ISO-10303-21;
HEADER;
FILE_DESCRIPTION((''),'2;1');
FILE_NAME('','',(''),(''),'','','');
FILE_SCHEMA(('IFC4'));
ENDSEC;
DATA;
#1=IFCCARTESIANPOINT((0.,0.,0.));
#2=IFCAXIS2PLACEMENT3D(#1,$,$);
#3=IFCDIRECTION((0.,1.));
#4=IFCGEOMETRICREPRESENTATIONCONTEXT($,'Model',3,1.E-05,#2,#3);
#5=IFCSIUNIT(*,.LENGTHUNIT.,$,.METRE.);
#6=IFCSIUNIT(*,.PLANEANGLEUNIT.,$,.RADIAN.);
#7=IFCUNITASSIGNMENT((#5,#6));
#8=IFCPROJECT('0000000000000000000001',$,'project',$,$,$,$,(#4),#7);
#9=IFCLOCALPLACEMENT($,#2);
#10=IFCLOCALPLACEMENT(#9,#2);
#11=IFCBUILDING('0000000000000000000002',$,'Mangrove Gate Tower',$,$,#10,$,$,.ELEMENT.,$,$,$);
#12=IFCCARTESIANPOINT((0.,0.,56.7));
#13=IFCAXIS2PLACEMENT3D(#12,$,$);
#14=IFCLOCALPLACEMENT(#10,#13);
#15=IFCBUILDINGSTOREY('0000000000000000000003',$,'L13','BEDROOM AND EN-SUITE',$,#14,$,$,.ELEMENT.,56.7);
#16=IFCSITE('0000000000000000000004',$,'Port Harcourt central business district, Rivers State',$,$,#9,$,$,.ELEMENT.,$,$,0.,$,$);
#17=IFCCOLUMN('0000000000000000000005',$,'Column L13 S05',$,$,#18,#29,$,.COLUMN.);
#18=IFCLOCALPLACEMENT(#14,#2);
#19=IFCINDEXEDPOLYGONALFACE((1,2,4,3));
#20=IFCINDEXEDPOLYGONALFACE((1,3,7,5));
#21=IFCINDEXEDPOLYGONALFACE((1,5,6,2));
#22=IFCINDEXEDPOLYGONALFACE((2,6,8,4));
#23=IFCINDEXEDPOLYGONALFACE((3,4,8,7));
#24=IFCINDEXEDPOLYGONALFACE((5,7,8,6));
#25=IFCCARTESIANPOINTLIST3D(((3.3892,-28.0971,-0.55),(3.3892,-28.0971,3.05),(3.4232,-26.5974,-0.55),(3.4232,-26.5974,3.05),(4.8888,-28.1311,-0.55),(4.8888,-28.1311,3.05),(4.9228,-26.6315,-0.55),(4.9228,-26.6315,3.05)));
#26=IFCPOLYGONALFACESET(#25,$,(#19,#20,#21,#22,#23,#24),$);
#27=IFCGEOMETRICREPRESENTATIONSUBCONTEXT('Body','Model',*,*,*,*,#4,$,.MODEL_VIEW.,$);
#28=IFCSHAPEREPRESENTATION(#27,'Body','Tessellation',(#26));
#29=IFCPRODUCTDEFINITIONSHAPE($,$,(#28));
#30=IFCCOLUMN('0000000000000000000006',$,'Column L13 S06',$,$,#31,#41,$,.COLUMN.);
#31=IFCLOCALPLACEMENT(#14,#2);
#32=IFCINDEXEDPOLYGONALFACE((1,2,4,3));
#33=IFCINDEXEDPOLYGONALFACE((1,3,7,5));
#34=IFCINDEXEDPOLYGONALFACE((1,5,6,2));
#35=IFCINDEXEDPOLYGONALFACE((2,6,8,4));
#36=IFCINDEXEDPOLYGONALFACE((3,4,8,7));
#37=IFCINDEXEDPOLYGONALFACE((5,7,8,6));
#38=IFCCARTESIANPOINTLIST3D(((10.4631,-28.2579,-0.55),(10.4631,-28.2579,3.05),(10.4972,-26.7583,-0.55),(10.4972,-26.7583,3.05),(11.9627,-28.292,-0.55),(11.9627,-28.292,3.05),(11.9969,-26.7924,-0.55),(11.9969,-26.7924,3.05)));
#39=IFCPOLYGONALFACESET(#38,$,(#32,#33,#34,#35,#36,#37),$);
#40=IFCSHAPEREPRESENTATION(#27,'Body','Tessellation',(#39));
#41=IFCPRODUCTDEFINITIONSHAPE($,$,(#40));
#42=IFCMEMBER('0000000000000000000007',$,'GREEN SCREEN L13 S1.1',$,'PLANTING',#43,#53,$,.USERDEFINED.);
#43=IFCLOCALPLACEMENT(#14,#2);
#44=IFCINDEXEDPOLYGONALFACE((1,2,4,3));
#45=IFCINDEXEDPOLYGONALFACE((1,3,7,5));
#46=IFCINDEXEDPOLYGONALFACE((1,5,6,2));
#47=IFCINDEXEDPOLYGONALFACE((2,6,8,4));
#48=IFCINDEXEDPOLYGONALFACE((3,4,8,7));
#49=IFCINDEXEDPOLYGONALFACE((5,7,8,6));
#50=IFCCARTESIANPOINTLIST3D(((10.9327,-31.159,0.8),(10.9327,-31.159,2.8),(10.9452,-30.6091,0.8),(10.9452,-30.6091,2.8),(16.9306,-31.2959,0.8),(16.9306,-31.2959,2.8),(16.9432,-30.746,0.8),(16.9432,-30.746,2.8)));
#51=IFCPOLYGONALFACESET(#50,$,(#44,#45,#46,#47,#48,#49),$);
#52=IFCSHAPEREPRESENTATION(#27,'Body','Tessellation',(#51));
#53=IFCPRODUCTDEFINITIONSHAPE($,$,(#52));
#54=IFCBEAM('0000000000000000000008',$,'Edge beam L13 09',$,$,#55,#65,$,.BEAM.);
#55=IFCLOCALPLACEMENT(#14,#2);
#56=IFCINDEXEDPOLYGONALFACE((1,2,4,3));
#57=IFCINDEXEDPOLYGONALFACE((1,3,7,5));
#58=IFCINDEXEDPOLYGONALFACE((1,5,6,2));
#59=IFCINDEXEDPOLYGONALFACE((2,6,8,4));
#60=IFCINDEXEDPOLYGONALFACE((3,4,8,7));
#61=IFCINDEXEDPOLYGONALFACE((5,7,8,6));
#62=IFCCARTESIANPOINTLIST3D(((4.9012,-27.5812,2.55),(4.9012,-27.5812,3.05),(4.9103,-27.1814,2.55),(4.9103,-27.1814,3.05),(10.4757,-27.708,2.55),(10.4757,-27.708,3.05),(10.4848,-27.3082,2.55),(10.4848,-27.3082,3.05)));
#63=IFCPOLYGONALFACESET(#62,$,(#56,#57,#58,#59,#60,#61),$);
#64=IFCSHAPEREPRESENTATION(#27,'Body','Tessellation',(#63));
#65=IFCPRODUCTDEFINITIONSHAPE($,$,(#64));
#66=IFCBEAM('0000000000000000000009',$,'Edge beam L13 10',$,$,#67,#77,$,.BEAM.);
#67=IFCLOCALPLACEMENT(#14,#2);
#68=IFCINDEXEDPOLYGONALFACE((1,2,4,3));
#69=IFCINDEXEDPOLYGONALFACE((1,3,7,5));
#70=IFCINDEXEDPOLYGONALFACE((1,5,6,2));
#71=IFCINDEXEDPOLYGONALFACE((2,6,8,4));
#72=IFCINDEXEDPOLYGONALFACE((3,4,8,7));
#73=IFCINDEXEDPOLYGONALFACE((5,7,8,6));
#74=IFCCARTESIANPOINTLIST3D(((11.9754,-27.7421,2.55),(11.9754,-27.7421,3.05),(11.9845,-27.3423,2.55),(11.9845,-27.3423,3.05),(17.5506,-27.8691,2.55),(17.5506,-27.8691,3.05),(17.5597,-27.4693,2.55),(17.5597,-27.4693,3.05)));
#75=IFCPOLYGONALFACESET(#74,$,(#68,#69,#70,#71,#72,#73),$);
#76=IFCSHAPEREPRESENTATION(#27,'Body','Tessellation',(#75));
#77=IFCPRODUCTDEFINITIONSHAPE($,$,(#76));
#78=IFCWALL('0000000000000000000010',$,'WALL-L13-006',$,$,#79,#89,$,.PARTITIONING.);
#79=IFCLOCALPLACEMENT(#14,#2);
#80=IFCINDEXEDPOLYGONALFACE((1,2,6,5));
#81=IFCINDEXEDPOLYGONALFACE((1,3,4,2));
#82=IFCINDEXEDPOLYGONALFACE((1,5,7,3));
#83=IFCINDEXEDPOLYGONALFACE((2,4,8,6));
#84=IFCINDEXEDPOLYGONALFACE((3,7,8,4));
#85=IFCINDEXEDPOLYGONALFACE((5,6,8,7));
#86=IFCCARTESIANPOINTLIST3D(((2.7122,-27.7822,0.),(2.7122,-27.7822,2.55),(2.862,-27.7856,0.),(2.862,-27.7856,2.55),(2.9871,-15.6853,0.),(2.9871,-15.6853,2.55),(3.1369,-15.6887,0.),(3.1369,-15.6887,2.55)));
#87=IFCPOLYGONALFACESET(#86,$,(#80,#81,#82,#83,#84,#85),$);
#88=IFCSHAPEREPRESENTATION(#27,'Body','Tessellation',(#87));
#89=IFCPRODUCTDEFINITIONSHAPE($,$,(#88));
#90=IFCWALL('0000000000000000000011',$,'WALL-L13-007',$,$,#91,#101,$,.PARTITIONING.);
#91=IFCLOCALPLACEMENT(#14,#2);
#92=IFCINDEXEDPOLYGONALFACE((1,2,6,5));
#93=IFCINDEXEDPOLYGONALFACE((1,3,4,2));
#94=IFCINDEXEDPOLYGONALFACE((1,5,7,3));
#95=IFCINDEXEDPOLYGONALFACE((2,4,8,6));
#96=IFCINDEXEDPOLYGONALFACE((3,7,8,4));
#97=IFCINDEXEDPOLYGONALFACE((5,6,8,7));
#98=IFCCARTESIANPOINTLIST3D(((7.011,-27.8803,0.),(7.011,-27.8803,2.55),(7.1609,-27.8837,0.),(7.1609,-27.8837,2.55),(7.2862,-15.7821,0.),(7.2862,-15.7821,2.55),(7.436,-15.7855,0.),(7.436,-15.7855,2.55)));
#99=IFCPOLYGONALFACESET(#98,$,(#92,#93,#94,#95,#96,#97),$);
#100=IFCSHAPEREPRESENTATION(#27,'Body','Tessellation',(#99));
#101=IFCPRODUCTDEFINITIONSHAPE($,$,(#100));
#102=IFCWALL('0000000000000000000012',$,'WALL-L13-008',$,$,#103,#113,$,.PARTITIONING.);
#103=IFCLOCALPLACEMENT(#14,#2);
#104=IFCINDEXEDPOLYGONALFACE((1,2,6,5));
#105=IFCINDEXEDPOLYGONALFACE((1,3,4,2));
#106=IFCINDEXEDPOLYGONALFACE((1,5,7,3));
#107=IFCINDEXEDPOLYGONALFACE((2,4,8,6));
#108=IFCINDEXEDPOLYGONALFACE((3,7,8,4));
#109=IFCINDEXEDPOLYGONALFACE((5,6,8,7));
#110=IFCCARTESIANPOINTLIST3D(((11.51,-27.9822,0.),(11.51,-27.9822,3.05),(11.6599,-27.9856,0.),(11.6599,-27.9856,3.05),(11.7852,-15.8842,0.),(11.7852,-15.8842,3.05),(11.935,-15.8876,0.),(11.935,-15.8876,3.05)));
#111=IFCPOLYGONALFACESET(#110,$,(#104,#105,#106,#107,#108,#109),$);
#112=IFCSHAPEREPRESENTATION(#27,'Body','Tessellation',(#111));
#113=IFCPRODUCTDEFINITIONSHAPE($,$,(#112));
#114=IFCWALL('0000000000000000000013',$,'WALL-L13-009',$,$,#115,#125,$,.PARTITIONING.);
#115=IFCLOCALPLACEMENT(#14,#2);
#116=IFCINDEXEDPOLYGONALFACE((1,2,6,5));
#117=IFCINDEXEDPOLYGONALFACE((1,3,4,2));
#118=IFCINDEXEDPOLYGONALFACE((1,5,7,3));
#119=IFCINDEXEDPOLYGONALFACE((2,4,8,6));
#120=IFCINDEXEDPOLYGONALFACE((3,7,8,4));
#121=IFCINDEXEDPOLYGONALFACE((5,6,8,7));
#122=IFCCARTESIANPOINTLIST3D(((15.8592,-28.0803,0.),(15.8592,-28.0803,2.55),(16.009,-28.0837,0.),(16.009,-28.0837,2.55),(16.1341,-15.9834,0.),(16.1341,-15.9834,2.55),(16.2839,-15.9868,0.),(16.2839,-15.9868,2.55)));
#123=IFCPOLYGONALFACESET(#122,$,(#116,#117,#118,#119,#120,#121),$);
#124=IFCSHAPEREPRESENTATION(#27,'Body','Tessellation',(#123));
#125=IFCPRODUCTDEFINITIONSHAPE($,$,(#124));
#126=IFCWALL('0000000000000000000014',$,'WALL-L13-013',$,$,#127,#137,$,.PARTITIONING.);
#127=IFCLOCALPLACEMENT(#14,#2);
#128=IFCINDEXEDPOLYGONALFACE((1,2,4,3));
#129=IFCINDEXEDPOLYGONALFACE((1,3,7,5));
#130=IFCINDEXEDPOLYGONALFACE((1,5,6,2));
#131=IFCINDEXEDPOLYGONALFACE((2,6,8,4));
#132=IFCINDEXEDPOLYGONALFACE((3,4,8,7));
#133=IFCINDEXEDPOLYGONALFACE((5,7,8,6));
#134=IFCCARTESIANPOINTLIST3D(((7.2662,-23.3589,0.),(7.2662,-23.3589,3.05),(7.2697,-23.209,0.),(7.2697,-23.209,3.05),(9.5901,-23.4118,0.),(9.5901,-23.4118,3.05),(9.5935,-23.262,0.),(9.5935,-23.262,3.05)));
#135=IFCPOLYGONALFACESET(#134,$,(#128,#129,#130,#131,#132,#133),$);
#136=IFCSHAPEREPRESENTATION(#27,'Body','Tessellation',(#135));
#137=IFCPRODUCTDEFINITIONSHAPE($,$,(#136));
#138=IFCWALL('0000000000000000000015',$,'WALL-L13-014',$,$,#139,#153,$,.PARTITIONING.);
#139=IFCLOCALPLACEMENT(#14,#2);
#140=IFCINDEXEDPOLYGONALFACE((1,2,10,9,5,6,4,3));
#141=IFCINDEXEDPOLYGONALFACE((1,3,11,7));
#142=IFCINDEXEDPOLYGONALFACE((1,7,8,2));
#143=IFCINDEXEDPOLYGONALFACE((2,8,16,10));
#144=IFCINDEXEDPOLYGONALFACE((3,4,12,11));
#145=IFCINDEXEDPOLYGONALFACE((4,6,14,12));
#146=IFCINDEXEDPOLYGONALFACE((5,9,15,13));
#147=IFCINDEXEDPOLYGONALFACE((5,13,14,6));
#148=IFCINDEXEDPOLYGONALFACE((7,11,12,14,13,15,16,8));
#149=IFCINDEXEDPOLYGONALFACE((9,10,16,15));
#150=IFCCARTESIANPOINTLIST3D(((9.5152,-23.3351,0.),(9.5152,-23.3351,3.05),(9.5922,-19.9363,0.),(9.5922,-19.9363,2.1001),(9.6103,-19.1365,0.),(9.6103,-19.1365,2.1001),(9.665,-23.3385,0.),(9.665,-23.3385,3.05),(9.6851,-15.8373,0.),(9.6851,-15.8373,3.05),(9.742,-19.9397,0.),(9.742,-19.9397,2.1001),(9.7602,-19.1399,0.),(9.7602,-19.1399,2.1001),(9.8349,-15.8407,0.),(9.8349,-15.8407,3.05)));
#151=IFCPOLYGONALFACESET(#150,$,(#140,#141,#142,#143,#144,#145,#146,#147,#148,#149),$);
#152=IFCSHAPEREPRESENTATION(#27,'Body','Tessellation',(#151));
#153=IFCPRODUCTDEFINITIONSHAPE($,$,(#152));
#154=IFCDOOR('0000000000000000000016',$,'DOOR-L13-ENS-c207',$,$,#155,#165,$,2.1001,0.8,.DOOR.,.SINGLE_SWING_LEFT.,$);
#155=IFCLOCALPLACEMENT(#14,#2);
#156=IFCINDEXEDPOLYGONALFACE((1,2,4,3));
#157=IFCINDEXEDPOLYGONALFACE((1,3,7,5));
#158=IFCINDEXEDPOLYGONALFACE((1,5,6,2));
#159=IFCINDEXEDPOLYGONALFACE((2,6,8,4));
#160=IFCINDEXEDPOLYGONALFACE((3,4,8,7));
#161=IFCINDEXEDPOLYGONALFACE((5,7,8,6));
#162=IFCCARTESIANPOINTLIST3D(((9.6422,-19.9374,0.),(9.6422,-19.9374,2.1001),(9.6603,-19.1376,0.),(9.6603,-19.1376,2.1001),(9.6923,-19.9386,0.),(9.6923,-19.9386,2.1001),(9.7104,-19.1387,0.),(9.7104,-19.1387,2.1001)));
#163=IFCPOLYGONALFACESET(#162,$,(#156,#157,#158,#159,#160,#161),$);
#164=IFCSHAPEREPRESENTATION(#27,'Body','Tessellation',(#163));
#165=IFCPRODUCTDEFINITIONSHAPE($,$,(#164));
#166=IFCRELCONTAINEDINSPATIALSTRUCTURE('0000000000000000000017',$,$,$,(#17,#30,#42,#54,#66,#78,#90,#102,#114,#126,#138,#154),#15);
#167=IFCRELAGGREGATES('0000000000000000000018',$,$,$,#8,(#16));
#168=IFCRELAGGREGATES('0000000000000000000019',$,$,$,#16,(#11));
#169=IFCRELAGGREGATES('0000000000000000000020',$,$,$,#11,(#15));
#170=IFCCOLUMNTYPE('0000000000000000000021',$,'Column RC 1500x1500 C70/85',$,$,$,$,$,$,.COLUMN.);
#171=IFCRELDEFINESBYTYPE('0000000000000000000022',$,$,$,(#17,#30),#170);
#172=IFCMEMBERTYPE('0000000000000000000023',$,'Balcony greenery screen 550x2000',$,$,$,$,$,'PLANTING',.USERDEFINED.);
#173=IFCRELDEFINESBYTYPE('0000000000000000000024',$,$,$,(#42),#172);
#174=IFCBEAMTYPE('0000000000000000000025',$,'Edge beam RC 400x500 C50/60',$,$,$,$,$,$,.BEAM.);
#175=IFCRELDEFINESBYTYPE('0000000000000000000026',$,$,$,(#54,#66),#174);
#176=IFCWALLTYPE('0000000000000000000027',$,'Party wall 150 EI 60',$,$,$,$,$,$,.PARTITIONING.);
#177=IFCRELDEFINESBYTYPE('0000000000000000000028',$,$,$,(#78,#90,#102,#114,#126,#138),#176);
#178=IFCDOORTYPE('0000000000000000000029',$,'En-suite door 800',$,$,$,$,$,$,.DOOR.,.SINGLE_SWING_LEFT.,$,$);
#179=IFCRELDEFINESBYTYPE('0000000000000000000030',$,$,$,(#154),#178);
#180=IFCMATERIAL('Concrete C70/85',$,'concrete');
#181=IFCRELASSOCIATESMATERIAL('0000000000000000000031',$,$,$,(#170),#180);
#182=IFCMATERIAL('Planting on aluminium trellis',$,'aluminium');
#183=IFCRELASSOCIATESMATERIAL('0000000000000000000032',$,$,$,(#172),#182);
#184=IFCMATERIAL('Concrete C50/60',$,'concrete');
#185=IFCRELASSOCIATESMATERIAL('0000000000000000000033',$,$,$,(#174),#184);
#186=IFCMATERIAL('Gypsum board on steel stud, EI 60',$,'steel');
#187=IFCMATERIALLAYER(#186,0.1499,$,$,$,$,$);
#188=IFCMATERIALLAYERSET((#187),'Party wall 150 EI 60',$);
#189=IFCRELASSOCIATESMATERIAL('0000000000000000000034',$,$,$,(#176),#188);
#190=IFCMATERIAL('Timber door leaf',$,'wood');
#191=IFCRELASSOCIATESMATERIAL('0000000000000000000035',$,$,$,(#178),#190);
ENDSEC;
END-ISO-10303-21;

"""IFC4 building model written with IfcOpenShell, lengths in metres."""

from ifc_helpers import new_model, si_unit, direction, frame, frame_2d, origin, origin_2d, place, context, subcontext, project, spatial, rectangle, extrude, material, layer, layer_set, material_profile, profile_set, type_object, element, fill, save


model = new_model("IFC4")

# Units and contexts
model_context = context("Model", 3, precision=1e-05, world=origin(), true_north=direction((0.0, 1.0)))
body_context = subcontext(model_context, "Body", "Model", "MODEL_VIEW")
ifc_project = project(units=[si_unit("LENGTHUNIT", "METRE"), si_unit("PLANEANGLEUNIT", "RADIAN")], contexts=[model_context])

# Site, building, storey
site_placement = place(None, origin())
site = spatial("IfcSite", under=ifc_project, at=site_placement, Name="Port Harcourt central business district, Rivers State", CompositionType="ELEMENT", RefElevation=0.0)
building_placement = place(site_placement, origin())
building = spatial("IfcBuilding", under=site, at=building_placement, Name="Mangrove Gate Tower", CompositionType="ELEMENT")
storey_placement = place(building_placement, frame((0.0, 0.0, 56.7)))
storey = spatial("IfcBuildingStorey", under=building, at=storey_placement, Name="L13", Description="BEDROOM AND EN-SUITE", CompositionType="ELEMENT", Elevation=56.7)

# Columns
ifc_material_1 = material(Name="Concrete C70/85", Category="concrete")
ifc_material_profile_1 = material_profile(ifc_material_1, rectangle(XDim=1.5, YDim=1.5, at=origin_2d()))
ifc_profile_set_1 = profile_set([ifc_material_profile_1], Name="Concrete C70/85")
column_type = type_object("IfcColumnType", Name="Column RC 1500x1500 C70/85", PredefinedType="COLUMN", material=ifc_profile_set_1)
for number, where, z_axis, x_axis, name in (
    (1, (4.156, -27.3643, -0.55), (0.0, 0.0, 1.0), (0.999743, -0.022681, 0.0), "Column L13 S05"),
    (2, (11.23, -27.5251, -0.55), (0.0, 0.0, 1.0), (0.999741, -0.022752, 0.0), "Column L13 S06"),
):
    element("IfcColumn", number, at=place(storey_placement, frame(where, z_axis=z_axis, x_axis=x_axis)), inside=storey, type_object=column_type, Name=name, PredefinedType="COLUMN", context=body_context, shape_type="SweptSolid", body=[
        extrude(rectangle(XDim=1.5, YDim=1.5, at=origin_2d()), origin(), (0.0, 0.0, 1.0), 3.6001),
    ])

# Member
ifc_material_2 = material(Name="Planting on aluminium trellis", Category="aluminium")
ifc_material_profile_2 = material_profile(ifc_material_2, rectangle(XDim=0.55, YDim=2.0, at=origin_2d()))
ifc_profile_set_2 = profile_set([ifc_material_profile_2], Name="Planting on aluminium trellis")
member_type = type_object("IfcMemberType", Name="Balcony greenery screen 550x2000", ElementType="PLANTING", PredefinedType="USERDEFINED", material=ifc_profile_set_2)
member_placement = place(storey_placement, frame((10.939, -30.884, 1.8), z_axis=(0.999739, -0.022829, 0.0), x_axis=(0.022829, 0.999739, 0.0)))
element("IfcMember", 3, at=member_placement, inside=storey, type_object=member_type, Name="GREEN SCREEN L13 S1.1", ObjectType="PLANTING", PredefinedType="USERDEFINED", context=body_context, shape_type="SweptSolid", body=[
    extrude(rectangle(XDim=0.55, YDim=2.0, at=origin_2d()), origin(), (0.0, 0.0, 1.0), 5.9995),
])

# Beams
ifc_material_3 = material(Name="Concrete C50/60", Category="concrete")
ifc_material_profile_3 = material_profile(ifc_material_3, rectangle(XDim=0.3999, YDim=0.5, at=origin_2d()))
ifc_profile_set_3 = profile_set([ifc_material_profile_3], Name="Concrete C50/60")
beam_type = type_object("IfcBeamType", Name="Edge beam RC 400x500 C50/60", PredefinedType="BEAM", material=ifc_profile_set_3)
beam_1_placement = place(storey_placement, frame((4.9058, -27.3813, 2.8), z_axis=(0.999742, -0.022724, 0.0), x_axis=(0.022724, 0.999742, 0.0)))
element("IfcBeam", 4, at=beam_1_placement, inside=storey, type_object=beam_type, Name="Edge beam L13 09", PredefinedType="BEAM", context=body_context, shape_type="SweptSolid", body=[
    extrude(rectangle(XDim=0.3999, YDim=0.5, at=origin_2d()), origin(), (0.0, 0.0, 1.0), 5.5759),
])
beam_2_placement = place(storey_placement, frame((11.98, -27.5422, 2.8), z_axis=(0.999741, -0.022765, 0.0), x_axis=(0.022765, 0.999741, 0.0)))
element("IfcBeam", 5, at=beam_2_placement, inside=storey, type_object=beam_type, Name="Edge beam L13 10", PredefinedType="BEAM", context=body_context, shape_type="SweptSolid", body=[
    extrude(rectangle(XDim=0.3999, YDim=0.5, at=origin_2d()), origin(), (0.0, 0.0, 1.0), 5.5767),
])

# Walls
ifc_material_4 = material(Name="Gypsum board on steel stud, EI 60", Category="steel")
ifc_layer_1 = layer(ifc_material_4, 0.1499)
ifc_layer_set_1 = layer_set([ifc_layer_1], Name="Party wall 150 EI 60")
wall_type_1 = type_object("IfcWallType", Name="Party wall 150 EI 60", PredefinedType="PARTITIONING", material=ifc_layer_set_1)
wall_1_placement = place(storey_placement, frame((2.7871, -27.7839, 0.0), z_axis=(0.0, 0.0, 1.0), x_axis=(0.022719, 0.999742, 0.0)))
element("IfcWall", 6, at=wall_1_placement, inside=storey, type_object=wall_type_1, Name="WALL-L13-006", PredefinedType="PARTITIONING", context=body_context, shape_type="SweptSolid", body=[
    extrude(rectangle(XDim=12.1001, YDim=0.1499, at=frame_2d((6.05, 0.0))), origin(), (0.0, 0.0, 1.0), 2.55),
])
wall_2_placement = place(storey_placement, frame((7.0859, -27.8821, 0.0), z_axis=(0.0, 0.0, 1.0), x_axis=(0.022737, 0.999741, 0.0)))
element("IfcWall", 7, at=wall_2_placement, inside=storey, type_object=wall_type_1, Name="WALL-L13-007", PredefinedType="PARTITIONING", context=body_context, shape_type="SweptSolid", body=[
    extrude(rectangle(XDim=12.1013, YDim=0.1499, at=frame_2d((6.0508, 0.0))), origin(), (0.0, 0.0, 1.0), 2.55),
])
wall_3_placement = place(storey_placement, frame((11.585, -27.9839, 0.0), z_axis=(0.0, 0.0, 1.0), x_axis=(0.022737, 0.999741, 0.0)))
element("IfcWall", 8, at=wall_3_placement, inside=storey, type_object=wall_type_1, Name="WALL-L13-008", PredefinedType="PARTITIONING", context=body_context, shape_type="SweptSolid", body=[
    extrude(rectangle(XDim=12.1011, YDim=0.1499, at=frame_2d((6.0505, 0.0))), origin(), (0.0, 0.0, 1.0), 3.05),
])
wall_4_placement = place(storey_placement, frame((15.9341, -28.082, 0.0), z_axis=(0.0, 0.0, 1.0), x_axis=(0.022719, 0.999742, 0.0)))
element("IfcWall", 9, at=wall_4_placement, inside=storey, type_object=wall_type_1, Name="WALL-L13-009", PredefinedType="PARTITIONING", context=body_context, shape_type="SweptSolid", body=[
    extrude(rectangle(XDim=12.1001, YDim=0.1499, at=frame_2d((6.05, 0.0))), origin(), (0.0, 0.0, 1.0), 2.55),
])
wall_5_placement = place(storey_placement, frame((7.2681, -23.2839, 0.0), z_axis=(0.0, 0.0, 1.0), x_axis=(0.99974, -0.022791, 0.0)))
element("IfcWall", 10, at=wall_5_placement, inside=storey, type_object=wall_type_1, Name="WALL-L13-013", PredefinedType="PARTITIONING", context=body_context, shape_type="SweptSolid", body=[
    extrude(rectangle(XDim=2.3245, YDim=0.1499, at=frame_2d((1.1621, 0.0))), origin(), (0.0, 0.0, 1.0), 3.05),
])

# Wall, opening, door
wall_6_placement = place(storey_placement, frame((9.5901, -23.3369, 0.0), z_axis=(0.0, 0.0, 1.0), x_axis=(0.022657, 0.999743, 0.0)))
wall_6 = element("IfcWall", 11, at=wall_6_placement, inside=storey, type_object=wall_type_1, Name="WALL-L13-014", PredefinedType="PARTITIONING", context=body_context, shape_type="SweptSolid", body=[
    extrude(rectangle(XDim=7.4998, YDim=0.1499, at=frame_2d((3.75, 0.0))), origin(), (0.0, 0.0, 1.0), 3.05),
])
opening_1_placement = place(wall_6_placement, frame((3.3999, 0.0, 0.0)))
opening_1 = element("IfcOpeningElement", 12, at=opening_1_placement, cuts=wall_6, PredefinedType="OPENING", context=body_context, shape_type="SweptSolid", body=[
    extrude(rectangle(XDim=0.8, YDim=2.1001, at=frame_2d((0.3999, 1.05))), frame((0.0, 0.085, 0.0), z_axis=(0.0, -1.0, 0.0), x_axis=(1.0, 0.0, 0.0)), (0.0, 0.0, 1.0), 0.1699),
])
ifc_material_5 = material(Name="Timber door leaf", Category="wood")
door_type = type_object("IfcDoorType", Name="En-suite door 800", OperationType="SINGLE_SWING_LEFT", PredefinedType="DOOR", material=ifc_material_5)
door_1_placement = place(opening_1_placement, origin())
door_1 = element("IfcDoor", 13, at=door_1_placement, inside=storey, type_object=door_type, Name="DOOR-L13-ENS-c207", OperationType="SINGLE_SWING_LEFT", OverallHeight=2.1001, OverallWidth=0.8, PredefinedType="DOOR", context=body_context, shape_type="SweptSolid", body=[
    extrude(rectangle(XDim=0.8, YDim=2.1001, at=frame_2d((0.3999, 1.05))), frame((0.0, 0.0249, 0.0), z_axis=(0.0, -1.0, 0.0), x_axis=(1.0, 0.0, 0.0)), (0.0, 0.0, 1.0), 0.05),
])
fill(opening_1, door_1)

save(model, "model.ifc")
